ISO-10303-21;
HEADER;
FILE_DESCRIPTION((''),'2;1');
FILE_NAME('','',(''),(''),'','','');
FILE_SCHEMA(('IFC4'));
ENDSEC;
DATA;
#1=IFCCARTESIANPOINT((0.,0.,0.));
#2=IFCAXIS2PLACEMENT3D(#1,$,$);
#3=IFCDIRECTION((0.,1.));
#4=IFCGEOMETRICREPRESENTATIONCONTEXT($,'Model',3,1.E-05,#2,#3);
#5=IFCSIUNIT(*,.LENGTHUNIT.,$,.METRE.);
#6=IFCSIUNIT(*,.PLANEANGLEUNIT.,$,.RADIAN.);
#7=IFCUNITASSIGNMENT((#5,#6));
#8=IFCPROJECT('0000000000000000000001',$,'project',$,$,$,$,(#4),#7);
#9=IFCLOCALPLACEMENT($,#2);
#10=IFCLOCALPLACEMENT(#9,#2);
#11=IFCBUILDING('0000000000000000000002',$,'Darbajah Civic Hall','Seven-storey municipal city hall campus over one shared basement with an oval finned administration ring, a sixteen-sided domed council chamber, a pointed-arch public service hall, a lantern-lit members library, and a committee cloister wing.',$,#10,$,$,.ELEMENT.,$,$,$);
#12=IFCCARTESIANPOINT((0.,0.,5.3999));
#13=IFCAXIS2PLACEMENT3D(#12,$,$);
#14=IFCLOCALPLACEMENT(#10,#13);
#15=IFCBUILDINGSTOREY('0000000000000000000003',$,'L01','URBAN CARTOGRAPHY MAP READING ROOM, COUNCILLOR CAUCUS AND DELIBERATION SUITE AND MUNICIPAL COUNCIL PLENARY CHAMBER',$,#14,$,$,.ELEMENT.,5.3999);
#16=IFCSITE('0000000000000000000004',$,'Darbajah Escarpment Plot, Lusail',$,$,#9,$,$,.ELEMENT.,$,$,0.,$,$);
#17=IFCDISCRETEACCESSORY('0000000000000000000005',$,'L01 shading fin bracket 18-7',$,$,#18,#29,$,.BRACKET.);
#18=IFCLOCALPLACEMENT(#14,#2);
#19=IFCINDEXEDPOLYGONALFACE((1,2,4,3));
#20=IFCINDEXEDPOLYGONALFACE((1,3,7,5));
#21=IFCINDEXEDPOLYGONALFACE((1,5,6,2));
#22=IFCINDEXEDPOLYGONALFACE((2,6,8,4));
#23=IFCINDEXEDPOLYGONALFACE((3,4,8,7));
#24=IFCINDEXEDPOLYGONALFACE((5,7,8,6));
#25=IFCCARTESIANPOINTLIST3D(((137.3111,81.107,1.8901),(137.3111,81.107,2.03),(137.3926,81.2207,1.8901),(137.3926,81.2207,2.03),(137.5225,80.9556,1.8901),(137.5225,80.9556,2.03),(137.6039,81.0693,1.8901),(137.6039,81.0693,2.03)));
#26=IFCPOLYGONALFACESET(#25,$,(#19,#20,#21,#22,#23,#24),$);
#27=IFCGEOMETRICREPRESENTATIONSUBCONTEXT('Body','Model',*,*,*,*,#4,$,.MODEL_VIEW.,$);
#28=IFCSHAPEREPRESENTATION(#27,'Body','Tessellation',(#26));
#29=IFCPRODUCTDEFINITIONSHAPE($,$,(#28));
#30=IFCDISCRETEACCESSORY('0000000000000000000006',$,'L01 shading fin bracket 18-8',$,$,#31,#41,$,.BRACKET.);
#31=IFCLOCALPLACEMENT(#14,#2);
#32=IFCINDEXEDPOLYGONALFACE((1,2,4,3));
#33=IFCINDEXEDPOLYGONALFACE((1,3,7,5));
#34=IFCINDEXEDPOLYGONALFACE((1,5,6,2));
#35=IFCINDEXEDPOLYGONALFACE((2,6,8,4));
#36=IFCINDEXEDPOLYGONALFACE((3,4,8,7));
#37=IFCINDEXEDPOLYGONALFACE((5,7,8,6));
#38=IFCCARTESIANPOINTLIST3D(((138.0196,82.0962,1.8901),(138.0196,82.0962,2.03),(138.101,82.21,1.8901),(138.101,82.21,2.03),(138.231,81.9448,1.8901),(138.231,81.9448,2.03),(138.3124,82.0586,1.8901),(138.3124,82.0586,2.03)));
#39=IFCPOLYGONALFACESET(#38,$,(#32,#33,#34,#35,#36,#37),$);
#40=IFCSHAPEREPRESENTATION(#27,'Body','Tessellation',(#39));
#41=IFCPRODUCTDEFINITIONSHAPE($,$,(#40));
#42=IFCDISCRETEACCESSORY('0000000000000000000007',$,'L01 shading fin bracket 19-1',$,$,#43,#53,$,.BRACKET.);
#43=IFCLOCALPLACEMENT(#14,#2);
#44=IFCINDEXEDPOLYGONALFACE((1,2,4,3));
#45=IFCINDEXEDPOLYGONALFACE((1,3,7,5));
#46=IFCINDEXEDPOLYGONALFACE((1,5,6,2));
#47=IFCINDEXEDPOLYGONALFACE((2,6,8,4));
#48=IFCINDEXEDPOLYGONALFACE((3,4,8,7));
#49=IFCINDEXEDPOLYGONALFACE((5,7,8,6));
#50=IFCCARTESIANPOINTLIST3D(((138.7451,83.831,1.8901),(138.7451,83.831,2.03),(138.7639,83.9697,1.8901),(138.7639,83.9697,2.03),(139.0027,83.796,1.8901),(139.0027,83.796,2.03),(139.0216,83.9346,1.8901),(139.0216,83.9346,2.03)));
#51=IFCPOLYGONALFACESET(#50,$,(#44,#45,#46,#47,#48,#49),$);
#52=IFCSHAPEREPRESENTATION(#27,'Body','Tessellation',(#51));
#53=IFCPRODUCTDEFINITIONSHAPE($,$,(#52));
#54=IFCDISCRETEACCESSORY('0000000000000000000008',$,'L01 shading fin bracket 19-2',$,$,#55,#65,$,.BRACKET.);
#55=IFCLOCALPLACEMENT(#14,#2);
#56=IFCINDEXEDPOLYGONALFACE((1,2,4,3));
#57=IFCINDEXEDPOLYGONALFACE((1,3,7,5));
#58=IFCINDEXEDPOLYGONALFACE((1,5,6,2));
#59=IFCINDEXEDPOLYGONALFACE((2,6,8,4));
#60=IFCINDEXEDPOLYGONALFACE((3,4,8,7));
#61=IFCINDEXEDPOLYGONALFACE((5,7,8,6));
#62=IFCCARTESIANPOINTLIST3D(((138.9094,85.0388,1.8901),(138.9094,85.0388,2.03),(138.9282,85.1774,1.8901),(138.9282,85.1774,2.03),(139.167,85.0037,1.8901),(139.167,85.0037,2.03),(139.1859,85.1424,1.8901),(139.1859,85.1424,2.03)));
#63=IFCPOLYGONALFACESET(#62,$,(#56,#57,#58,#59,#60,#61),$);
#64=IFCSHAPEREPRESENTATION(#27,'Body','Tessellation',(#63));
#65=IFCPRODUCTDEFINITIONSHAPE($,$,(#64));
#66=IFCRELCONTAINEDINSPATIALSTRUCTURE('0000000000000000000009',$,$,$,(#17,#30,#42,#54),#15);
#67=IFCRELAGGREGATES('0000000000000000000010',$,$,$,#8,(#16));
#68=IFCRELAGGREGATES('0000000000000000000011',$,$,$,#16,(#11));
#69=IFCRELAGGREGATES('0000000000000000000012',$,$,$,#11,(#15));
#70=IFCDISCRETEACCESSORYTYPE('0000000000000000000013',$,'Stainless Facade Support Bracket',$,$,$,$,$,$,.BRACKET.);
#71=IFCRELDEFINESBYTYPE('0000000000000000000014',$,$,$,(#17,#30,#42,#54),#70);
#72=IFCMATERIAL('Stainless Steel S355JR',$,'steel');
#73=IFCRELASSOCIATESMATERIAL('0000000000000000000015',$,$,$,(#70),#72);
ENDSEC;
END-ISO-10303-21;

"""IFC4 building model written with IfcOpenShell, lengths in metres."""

from ifc_helpers import new_model, si_unit, direction, frame, origin, origin_2d, place, context, subcontext, project, spatial, rectangle, extrude, material, type_object, element, save


model = new_model("IFC4")

# Units and contexts
model_context = context("Model", 3, precision=1e-05, world=origin(), true_north=direction((0.0, 1.0)))
body_context = subcontext(model_context, "Body", "Model", "MODEL_VIEW")
ifc_project = project(units=[si_unit("LENGTHUNIT", "METRE"), si_unit("PLANEANGLEUNIT", "RADIAN")], contexts=[model_context])

# Site, building, storey
site_placement = place(None, origin())
site = spatial("IfcSite", under=ifc_project, at=site_placement, Name="Darbajah Escarpment Plot, Lusail", CompositionType="ELEMENT", RefElevation=0.0)
building_placement = place(site_placement, origin())
building = spatial("IfcBuilding", under=site, at=building_placement, Name="Darbajah Civic Hall", Description="Seven-storey municipal city hall campus over one shared basement with an oval finned administration ring, a sixteen-sided domed council chamber, a pointed-arch public service hall, a lantern-lit members library, and a committee cloister wing.", CompositionType="ELEMENT")
storey_placement = place(building_placement, frame((0.0, 0.0, 5.3999)))
storey = spatial("IfcBuildingStorey", under=building, at=storey_placement, Name="L01", Description="URBAN CARTOGRAPHY MAP READING ROOM, COUNCILLOR CAUCUS AND DELIBERATION SUITE AND MUNICIPAL COUNCIL PLENARY CHAMBER", CompositionType="ELEMENT", Elevation=5.3999)

# Discrete accessories
ifc_material_1 = material(Name="Stainless Steel S355JR", Category="steel")
discrete_accessory_type = type_object("IfcDiscreteAccessoryType", Name="Stainless Facade Support Bracket", PredefinedType="BRACKET", material=ifc_material_1)
for number, where, z_axis, x_axis, name in (
    (1, (137.4575, 81.0881, 1.8901), (0.0, 0.0, 1.0), (0.812999, -0.582265, 0.0), "L01 shading fin bracket 18-7"),
    (2, (138.166, 82.0774, 1.8901), (0.0, 0.0, 1.0), (0.812999, -0.582265, 0.0), "L01 shading fin bracket 18-8"),
    (3, (138.8833, 83.8828, 1.8901), (0.0, 0.0, 1.0), (0.990866, -0.134851, 0.0), "L01 shading fin bracket 19-1"),
    (4, (139.0476, 85.0906, 1.8901), (0.0, 0.0, 1.0), (0.990866, -0.134851, 0.0), "L01 shading fin bracket 19-2"),
):
    element("IfcDiscreteAccessory", number, at=place(storey_placement, frame(where, z_axis=z_axis, x_axis=x_axis)), inside=storey, type_object=discrete_accessory_type, Name=name, PredefinedType="BRACKET", context=body_context, shape_type="SweptSolid", body=[
        extrude(rectangle(XDim=0.26, YDim=0.1399, at=origin_2d()), origin(), (0.0, 0.0, 1.0), 0.1399),
    ])

save(model, "model.ifc")
